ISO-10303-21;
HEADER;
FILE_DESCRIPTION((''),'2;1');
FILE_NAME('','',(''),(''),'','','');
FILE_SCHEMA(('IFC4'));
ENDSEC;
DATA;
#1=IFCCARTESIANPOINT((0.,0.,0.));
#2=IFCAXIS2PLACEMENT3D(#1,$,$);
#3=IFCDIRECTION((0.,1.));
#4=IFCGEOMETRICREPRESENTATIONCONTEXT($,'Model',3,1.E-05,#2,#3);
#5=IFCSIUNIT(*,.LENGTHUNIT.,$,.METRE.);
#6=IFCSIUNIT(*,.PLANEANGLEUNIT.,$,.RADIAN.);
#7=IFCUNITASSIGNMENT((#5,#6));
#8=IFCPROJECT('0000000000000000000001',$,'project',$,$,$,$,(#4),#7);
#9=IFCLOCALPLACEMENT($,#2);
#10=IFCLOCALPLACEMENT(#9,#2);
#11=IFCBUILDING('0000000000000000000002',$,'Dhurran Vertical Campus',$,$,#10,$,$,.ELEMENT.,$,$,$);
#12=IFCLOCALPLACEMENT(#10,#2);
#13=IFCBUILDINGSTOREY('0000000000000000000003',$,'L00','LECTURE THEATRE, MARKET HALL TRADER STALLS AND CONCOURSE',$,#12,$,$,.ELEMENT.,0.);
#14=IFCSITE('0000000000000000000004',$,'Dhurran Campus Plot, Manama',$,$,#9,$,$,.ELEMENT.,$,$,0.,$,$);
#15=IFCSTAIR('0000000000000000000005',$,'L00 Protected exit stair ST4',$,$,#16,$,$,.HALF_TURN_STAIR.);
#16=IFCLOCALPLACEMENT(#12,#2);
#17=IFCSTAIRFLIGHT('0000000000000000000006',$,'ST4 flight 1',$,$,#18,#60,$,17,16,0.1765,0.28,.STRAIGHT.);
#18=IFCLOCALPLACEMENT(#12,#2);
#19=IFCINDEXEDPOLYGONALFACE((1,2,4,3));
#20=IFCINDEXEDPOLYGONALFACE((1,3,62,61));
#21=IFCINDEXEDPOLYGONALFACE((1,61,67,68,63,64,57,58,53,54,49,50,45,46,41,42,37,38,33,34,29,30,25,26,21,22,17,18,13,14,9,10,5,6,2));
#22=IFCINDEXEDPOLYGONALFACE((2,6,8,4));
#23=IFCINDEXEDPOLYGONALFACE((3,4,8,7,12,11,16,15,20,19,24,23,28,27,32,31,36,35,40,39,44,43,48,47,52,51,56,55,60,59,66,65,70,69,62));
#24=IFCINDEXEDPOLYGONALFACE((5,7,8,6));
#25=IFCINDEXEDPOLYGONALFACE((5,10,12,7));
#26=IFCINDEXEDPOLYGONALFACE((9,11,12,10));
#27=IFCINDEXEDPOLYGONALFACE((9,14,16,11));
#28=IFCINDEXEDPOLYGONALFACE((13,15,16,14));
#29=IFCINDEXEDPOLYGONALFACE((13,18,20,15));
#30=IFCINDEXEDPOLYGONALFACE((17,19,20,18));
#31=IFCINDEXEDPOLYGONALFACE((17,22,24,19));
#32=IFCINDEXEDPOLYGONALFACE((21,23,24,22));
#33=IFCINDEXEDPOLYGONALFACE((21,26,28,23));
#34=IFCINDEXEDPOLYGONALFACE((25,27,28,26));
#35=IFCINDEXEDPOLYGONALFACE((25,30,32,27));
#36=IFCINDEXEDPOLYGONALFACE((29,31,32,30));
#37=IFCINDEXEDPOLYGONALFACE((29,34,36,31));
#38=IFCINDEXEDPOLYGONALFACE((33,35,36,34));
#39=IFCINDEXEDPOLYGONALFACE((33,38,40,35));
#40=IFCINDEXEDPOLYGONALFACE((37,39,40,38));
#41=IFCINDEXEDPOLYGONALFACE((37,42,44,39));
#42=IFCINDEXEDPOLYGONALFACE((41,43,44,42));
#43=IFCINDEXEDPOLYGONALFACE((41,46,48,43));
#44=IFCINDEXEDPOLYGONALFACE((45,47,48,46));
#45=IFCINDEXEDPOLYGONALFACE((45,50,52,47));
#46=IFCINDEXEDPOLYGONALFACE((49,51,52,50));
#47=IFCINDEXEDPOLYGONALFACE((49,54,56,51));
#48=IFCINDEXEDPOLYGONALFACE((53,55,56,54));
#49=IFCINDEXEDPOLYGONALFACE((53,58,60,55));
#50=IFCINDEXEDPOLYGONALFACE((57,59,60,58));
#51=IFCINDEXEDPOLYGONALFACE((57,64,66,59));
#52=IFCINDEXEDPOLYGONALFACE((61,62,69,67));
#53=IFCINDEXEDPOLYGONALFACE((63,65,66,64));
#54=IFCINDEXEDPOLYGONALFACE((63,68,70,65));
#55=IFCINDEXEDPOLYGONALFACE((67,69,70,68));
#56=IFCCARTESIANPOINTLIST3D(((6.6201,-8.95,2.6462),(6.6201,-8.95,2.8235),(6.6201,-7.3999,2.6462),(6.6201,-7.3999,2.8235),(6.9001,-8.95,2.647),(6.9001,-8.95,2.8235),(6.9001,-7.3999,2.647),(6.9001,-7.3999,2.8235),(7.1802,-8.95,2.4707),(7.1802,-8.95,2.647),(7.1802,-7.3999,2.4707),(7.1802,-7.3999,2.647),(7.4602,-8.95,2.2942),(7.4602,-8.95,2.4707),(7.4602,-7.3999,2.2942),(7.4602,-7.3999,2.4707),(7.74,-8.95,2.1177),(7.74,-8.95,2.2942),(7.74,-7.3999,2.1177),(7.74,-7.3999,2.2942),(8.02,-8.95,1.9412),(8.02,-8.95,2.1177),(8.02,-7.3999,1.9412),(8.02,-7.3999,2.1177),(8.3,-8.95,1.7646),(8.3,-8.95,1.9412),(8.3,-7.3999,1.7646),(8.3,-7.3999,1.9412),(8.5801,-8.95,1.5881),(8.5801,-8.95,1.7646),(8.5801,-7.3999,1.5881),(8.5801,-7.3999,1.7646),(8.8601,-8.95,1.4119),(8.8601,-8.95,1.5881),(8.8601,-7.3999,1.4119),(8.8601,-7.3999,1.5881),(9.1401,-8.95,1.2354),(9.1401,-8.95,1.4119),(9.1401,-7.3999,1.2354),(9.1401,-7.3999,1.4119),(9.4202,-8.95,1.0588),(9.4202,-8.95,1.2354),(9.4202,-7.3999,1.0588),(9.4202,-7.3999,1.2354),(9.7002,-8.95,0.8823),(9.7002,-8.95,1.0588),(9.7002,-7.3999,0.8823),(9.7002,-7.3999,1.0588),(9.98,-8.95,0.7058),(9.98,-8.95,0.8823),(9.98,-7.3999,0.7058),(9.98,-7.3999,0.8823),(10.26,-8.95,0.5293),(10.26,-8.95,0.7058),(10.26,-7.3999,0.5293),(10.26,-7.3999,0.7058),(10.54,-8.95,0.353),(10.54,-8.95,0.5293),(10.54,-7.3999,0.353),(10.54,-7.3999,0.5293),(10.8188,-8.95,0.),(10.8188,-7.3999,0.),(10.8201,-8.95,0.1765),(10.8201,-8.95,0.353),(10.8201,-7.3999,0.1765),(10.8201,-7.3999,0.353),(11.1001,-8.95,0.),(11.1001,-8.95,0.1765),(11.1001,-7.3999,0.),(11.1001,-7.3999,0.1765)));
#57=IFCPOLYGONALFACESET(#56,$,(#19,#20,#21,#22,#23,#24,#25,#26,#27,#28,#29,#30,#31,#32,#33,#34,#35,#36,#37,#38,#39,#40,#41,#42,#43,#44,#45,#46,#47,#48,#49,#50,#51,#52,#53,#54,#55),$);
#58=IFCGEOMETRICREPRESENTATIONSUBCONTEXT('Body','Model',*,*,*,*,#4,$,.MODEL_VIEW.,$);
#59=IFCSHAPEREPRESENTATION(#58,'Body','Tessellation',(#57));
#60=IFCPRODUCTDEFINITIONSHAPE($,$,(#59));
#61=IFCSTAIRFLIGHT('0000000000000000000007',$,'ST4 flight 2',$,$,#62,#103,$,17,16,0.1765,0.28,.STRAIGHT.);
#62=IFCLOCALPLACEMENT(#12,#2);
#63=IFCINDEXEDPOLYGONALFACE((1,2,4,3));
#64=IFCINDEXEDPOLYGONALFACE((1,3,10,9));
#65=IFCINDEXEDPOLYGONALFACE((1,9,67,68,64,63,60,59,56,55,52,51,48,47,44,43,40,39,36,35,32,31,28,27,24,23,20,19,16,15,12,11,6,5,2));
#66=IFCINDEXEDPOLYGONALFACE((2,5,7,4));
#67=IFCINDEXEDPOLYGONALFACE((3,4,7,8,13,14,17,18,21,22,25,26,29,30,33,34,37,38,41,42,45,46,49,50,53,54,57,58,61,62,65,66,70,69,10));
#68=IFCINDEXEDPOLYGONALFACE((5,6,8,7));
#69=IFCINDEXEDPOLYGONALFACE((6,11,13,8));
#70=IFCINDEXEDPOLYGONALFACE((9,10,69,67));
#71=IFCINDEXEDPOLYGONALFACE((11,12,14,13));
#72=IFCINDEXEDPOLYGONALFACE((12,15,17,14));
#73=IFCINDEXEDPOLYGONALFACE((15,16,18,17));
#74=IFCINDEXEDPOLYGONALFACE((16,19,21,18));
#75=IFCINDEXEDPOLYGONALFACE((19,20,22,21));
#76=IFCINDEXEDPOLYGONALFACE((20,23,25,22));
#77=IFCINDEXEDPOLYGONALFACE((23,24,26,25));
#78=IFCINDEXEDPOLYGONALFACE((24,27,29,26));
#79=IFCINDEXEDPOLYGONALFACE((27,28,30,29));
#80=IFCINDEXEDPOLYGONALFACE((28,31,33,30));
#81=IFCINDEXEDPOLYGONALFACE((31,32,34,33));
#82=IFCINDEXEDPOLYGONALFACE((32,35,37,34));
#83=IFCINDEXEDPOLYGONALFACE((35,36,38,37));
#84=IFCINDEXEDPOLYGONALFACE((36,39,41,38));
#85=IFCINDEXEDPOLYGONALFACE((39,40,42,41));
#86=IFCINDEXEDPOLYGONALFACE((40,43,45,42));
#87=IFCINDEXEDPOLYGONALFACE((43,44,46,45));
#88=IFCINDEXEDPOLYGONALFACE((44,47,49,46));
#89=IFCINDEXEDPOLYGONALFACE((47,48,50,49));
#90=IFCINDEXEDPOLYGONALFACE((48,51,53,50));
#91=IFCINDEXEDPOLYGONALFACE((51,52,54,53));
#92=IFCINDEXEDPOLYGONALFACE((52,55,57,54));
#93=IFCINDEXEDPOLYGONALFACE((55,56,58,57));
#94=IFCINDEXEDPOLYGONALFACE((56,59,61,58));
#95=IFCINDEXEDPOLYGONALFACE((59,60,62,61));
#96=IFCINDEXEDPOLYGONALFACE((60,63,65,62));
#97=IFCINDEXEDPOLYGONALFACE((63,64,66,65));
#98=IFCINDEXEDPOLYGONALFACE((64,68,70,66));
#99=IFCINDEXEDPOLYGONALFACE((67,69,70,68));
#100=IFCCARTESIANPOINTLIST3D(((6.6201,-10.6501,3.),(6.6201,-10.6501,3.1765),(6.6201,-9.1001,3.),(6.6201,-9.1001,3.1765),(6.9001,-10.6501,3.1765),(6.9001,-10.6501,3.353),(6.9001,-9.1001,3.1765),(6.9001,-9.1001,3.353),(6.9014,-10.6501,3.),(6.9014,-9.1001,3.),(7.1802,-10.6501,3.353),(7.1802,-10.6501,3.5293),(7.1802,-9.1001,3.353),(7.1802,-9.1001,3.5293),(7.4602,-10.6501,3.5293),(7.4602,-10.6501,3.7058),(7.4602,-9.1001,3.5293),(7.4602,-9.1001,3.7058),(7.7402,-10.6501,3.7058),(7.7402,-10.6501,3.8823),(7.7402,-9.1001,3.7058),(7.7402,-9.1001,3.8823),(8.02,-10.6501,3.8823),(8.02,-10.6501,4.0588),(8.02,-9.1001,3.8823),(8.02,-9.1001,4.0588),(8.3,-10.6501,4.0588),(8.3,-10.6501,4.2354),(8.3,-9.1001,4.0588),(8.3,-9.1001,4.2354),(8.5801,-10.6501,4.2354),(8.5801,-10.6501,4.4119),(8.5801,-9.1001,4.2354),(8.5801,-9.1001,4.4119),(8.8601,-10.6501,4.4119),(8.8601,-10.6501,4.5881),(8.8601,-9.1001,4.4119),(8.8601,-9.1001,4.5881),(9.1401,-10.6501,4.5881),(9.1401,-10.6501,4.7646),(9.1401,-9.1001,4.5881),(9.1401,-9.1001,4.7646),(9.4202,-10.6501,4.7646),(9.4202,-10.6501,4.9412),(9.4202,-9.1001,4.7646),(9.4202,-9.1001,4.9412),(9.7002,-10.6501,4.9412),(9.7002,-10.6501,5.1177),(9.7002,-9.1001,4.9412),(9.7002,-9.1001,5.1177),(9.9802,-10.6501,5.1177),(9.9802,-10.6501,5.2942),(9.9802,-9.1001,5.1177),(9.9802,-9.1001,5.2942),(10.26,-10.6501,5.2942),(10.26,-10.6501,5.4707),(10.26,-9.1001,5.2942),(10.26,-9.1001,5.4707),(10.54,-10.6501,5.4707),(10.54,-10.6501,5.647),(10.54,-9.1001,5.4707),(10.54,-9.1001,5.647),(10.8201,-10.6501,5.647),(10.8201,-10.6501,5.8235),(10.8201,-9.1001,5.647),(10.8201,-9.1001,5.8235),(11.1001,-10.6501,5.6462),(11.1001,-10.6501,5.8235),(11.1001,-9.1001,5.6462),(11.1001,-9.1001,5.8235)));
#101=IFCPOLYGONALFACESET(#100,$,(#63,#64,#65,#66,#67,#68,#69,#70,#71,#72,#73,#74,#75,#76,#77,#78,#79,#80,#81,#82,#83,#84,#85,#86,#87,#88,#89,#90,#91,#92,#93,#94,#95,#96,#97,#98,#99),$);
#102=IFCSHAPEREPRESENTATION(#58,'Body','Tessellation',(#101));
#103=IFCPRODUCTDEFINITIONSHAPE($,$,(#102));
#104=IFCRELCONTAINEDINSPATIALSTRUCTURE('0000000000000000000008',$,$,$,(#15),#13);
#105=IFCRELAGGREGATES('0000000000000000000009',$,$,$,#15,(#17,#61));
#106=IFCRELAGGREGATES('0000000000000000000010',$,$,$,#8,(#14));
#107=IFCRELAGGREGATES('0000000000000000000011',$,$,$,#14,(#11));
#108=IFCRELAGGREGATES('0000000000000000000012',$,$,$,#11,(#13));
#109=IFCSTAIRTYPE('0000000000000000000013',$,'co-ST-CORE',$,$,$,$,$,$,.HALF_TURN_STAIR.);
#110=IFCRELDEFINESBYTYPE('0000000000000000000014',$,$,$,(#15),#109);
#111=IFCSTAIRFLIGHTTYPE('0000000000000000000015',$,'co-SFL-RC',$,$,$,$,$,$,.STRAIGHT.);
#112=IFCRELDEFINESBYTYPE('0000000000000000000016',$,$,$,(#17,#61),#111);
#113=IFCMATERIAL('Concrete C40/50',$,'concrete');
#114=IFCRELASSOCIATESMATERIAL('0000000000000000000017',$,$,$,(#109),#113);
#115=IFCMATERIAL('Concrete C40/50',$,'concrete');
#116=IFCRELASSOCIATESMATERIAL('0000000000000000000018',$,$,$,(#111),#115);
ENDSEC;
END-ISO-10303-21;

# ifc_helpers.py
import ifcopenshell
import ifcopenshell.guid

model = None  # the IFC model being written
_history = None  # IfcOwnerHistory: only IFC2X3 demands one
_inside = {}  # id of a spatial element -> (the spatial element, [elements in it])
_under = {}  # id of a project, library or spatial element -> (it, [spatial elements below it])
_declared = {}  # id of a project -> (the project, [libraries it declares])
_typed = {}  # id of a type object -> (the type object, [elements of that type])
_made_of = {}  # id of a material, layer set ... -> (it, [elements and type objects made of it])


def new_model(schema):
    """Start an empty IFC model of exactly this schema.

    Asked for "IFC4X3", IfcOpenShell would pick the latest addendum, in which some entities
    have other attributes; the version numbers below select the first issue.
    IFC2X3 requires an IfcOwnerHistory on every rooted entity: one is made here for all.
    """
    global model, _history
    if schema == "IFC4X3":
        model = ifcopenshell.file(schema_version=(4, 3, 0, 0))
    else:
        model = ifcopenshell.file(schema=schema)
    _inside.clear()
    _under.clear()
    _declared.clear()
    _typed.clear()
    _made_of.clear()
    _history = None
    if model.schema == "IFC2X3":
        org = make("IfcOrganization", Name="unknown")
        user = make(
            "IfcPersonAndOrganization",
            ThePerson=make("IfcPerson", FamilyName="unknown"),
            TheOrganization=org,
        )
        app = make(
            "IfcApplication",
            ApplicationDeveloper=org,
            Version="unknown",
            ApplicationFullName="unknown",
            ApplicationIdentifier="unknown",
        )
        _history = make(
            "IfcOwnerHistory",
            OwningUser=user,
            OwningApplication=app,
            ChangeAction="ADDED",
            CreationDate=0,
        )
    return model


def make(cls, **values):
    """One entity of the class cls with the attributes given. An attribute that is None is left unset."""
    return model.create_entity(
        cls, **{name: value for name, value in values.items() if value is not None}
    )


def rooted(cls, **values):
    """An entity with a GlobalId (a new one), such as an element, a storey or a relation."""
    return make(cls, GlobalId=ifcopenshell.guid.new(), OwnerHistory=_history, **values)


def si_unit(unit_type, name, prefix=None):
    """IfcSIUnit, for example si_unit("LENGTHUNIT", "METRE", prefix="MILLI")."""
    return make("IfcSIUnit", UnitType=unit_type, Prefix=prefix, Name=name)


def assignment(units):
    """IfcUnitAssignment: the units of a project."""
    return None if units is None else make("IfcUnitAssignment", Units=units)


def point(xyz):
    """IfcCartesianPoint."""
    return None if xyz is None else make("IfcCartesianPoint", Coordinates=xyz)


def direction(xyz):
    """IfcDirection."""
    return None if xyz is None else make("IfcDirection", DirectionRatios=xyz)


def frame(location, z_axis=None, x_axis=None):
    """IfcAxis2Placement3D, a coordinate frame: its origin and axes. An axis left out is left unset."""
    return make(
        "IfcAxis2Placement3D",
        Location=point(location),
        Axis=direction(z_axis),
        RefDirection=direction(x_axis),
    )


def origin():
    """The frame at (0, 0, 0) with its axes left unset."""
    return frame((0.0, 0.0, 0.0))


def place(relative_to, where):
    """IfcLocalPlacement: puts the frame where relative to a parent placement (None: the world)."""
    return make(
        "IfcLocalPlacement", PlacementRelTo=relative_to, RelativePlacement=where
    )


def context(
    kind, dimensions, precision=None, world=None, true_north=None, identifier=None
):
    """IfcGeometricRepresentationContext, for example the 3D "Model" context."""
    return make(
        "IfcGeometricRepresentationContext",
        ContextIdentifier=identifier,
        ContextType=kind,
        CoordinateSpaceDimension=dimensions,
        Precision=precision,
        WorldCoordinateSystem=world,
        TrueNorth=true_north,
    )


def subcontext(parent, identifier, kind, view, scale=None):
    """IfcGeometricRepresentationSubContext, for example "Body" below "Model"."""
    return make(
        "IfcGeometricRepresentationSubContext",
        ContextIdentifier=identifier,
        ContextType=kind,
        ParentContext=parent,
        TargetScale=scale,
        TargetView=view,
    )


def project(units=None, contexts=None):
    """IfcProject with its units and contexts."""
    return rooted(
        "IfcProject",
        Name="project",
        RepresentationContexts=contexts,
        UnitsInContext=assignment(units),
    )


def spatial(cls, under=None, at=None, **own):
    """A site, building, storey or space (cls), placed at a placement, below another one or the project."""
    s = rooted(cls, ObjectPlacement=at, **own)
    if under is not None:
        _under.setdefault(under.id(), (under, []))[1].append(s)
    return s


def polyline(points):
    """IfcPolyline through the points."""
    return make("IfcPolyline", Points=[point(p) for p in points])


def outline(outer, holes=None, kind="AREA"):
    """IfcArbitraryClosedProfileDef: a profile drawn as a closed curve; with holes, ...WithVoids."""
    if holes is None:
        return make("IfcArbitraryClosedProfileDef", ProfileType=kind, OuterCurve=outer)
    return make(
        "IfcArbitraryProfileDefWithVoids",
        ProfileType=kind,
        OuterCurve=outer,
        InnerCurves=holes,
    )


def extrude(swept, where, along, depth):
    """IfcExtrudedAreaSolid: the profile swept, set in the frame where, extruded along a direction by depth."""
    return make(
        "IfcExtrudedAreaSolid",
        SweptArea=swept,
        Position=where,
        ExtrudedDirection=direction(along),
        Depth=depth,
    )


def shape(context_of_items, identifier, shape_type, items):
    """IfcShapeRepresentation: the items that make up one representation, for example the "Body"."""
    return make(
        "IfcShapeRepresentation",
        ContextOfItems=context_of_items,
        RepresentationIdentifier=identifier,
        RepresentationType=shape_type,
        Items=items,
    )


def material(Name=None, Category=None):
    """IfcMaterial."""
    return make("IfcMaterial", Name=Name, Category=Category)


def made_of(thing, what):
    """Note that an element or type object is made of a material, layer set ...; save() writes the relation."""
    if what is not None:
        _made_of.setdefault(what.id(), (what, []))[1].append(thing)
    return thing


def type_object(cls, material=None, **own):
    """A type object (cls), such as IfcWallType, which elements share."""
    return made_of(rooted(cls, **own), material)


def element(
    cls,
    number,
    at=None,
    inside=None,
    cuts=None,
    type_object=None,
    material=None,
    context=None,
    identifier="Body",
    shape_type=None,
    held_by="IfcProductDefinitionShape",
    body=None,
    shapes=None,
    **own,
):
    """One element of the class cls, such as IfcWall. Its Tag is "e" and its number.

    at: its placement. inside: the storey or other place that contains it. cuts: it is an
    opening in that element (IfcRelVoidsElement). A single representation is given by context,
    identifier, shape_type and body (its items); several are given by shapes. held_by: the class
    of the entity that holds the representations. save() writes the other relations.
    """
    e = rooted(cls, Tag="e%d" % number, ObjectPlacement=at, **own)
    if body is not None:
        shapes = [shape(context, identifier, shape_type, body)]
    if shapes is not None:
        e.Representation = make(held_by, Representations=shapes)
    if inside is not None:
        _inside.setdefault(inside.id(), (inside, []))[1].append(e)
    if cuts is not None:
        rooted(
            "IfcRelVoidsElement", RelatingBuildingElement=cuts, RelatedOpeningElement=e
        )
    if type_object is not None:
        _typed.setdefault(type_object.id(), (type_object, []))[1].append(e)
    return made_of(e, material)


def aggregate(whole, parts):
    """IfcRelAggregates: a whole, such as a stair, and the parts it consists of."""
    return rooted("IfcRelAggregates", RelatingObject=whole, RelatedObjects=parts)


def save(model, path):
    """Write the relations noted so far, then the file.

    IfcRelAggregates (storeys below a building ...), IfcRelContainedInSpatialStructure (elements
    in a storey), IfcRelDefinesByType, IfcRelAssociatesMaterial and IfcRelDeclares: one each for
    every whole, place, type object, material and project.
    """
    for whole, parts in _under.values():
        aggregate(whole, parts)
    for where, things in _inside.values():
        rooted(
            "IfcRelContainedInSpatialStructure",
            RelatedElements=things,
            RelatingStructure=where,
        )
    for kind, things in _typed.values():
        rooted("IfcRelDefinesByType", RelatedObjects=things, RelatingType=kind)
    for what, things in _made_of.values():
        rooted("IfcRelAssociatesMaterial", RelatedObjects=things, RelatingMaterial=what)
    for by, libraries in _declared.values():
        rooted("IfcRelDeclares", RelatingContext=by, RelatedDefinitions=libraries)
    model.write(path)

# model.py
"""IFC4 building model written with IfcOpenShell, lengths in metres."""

from ifc_helpers import new_model, si_unit, direction, frame, origin, place, context, subcontext, project, spatial, polyline, outline, extrude, material, type_object, element, aggregate, save


model = new_model("IFC4")

# Units and contexts
model_context = context("Model", 3, precision=1e-05, world=origin(), true_north=direction((0.0, 1.0)))
body_context = subcontext(model_context, "Body", "Model", "MODEL_VIEW")
ifc_project = project(units=[si_unit("LENGTHUNIT", "METRE"), si_unit("PLANEANGLEUNIT", "RADIAN")], contexts=[model_context])

# Site, building, storey
site_placement = place(None, origin())
site = spatial("IfcSite", under=ifc_project, at=site_placement, Name="Dhurran Campus Plot, Manama", CompositionType="ELEMENT", RefElevation=0.0)
building_placement = place(site_placement, origin())
building = spatial("IfcBuilding", under=site, at=building_placement, Name="Dhurran Vertical Campus", CompositionType="ELEMENT")
storey_placement = place(building_placement, origin())
storey = spatial("IfcBuildingStorey", under=building, at=storey_placement, Name="L00", Description="LECTURE THEATRE, MARKET HALL TRADER STALLS AND CONCOURSE", CompositionType="ELEMENT", Elevation=0.0)

# Stair, stair flights
ifc_material_1 = material(Name="Concrete C40/50", Category="concrete")
stair_type = type_object("IfcStairType", Name="co-ST-CORE", PredefinedType="HALF_TURN_STAIR", material=ifc_material_1)
stair_placement = place(storey_placement, origin())
stair = element("IfcStair", 1, at=stair_placement, inside=storey, type_object=stair_type, Name="L00 Protected exit stair ST4", PredefinedType="HALF_TURN_STAIR")
ifc_material_2 = material(Name="Concrete C40/50", Category="concrete")
stair_flight_type = type_object("IfcStairFlightType", Name="co-SFL-RC", PredefinedType="STRAIGHT", material=ifc_material_2)
stair_flight_1_placement = place(storey_placement, frame((11.1001, -8.175, 0.0), z_axis=(0.0, 0.0, 1.0), x_axis=(-1.0, 0.0, 0.0)))
stair_flight_1 = element("IfcStairFlight", 2, at=stair_flight_1_placement, type_object=stair_flight_type, Name="ST4 flight 1", NumberOfRisers=17, NumberOfTreads=16, PredefinedType="STRAIGHT", RiserHeight=0.1765, TreadLength=0.28, context=body_context, shape_type="SweptSolid", body=[
    extrude(outline(polyline([(0.0, 0.0), (0.0, 0.1765), (0.28, 0.1765), (0.28, 0.353), (0.5601, 0.353), (0.5601, 0.5293), (0.8401, 0.5293), (0.8401, 0.7058), (1.1201, 0.7058), (1.1201, 0.8823), (1.3999, 0.8823), (1.3999, 1.0588), (1.6799, 1.0588), (1.6799, 1.2354), (1.96, 1.2354), (1.96, 1.4119), (2.24, 1.4119), (2.24, 1.5881), (2.52, 1.5881), (2.52, 1.7646), (2.8, 1.7646), (2.8, 1.9412), (3.0801, 1.9412), (3.0801, 2.1177), (3.3601, 2.1177), (3.3601, 2.2942), (3.6399, 2.2942), (3.6399, 2.4707), (3.9199, 2.4707), (3.9199, 2.647), (4.2, 2.647), (4.2, 2.8235), (4.48, 2.8235), (4.48, 3.0), (4.48, 2.6462), (0.2812, 0.0), (0.0, 0.0)])), frame((0.0, 0.7749, 0.0), z_axis=(0.0, -1.0, 0.0), x_axis=(1.0, 0.0, 0.0)), (0.0, 0.0, 1.0), 1.55),
])
stair_flight_2_placement = place(storey_placement, frame((6.6201, -9.875, 3.0), z_axis=(0.0, 0.0, 1.0), x_axis=(1.0, 0.0, 0.0)))
stair_flight_2 = element("IfcStairFlight", 3, at=stair_flight_2_placement, type_object=stair_flight_type, Name="ST4 flight 2", NumberOfRisers=17, NumberOfTreads=16, PredefinedType="STRAIGHT", RiserHeight=0.1765, TreadLength=0.28, context=body_context, shape_type="SweptSolid", body=[
    extrude(outline(polyline([(0.0, 0.0), (0.0, 0.1765), (0.28, 0.1765), (0.28, 0.353), (0.5601, 0.353), (0.5601, 0.5293), (0.8401, 0.5293), (0.8401, 0.7058), (1.1201, 0.7058), (1.1201, 0.8823), (1.3999, 0.8823), (1.3999, 1.0588), (1.6799, 1.0588), (1.6799, 1.2354), (1.96, 1.2354), (1.96, 1.4119), (2.24, 1.4119), (2.24, 1.5881), (2.52, 1.5881), (2.52, 1.7646), (2.8, 1.7646), (2.8, 1.9412), (3.0801, 1.9412), (3.0801, 2.1177), (3.3601, 2.1177), (3.3601, 2.2942), (3.6399, 2.2942), (3.6399, 2.4707), (3.9199, 2.4707), (3.9199, 2.647), (4.2, 2.647), (4.2, 2.8235), (4.48, 2.8235), (4.48, 3.0), (4.48, 2.6462), (0.2812, 0.0), (0.0, 0.0)])), frame((0.0, 0.7749, 0.0), z_axis=(0.0, -1.0, 0.0), x_axis=(1.0, 0.0, 0.0)), (0.0, 0.0, 1.0), 1.55),
])
aggregate(stair, [stair_flight_1, stair_flight_2])

save(model, "model.ifc")
